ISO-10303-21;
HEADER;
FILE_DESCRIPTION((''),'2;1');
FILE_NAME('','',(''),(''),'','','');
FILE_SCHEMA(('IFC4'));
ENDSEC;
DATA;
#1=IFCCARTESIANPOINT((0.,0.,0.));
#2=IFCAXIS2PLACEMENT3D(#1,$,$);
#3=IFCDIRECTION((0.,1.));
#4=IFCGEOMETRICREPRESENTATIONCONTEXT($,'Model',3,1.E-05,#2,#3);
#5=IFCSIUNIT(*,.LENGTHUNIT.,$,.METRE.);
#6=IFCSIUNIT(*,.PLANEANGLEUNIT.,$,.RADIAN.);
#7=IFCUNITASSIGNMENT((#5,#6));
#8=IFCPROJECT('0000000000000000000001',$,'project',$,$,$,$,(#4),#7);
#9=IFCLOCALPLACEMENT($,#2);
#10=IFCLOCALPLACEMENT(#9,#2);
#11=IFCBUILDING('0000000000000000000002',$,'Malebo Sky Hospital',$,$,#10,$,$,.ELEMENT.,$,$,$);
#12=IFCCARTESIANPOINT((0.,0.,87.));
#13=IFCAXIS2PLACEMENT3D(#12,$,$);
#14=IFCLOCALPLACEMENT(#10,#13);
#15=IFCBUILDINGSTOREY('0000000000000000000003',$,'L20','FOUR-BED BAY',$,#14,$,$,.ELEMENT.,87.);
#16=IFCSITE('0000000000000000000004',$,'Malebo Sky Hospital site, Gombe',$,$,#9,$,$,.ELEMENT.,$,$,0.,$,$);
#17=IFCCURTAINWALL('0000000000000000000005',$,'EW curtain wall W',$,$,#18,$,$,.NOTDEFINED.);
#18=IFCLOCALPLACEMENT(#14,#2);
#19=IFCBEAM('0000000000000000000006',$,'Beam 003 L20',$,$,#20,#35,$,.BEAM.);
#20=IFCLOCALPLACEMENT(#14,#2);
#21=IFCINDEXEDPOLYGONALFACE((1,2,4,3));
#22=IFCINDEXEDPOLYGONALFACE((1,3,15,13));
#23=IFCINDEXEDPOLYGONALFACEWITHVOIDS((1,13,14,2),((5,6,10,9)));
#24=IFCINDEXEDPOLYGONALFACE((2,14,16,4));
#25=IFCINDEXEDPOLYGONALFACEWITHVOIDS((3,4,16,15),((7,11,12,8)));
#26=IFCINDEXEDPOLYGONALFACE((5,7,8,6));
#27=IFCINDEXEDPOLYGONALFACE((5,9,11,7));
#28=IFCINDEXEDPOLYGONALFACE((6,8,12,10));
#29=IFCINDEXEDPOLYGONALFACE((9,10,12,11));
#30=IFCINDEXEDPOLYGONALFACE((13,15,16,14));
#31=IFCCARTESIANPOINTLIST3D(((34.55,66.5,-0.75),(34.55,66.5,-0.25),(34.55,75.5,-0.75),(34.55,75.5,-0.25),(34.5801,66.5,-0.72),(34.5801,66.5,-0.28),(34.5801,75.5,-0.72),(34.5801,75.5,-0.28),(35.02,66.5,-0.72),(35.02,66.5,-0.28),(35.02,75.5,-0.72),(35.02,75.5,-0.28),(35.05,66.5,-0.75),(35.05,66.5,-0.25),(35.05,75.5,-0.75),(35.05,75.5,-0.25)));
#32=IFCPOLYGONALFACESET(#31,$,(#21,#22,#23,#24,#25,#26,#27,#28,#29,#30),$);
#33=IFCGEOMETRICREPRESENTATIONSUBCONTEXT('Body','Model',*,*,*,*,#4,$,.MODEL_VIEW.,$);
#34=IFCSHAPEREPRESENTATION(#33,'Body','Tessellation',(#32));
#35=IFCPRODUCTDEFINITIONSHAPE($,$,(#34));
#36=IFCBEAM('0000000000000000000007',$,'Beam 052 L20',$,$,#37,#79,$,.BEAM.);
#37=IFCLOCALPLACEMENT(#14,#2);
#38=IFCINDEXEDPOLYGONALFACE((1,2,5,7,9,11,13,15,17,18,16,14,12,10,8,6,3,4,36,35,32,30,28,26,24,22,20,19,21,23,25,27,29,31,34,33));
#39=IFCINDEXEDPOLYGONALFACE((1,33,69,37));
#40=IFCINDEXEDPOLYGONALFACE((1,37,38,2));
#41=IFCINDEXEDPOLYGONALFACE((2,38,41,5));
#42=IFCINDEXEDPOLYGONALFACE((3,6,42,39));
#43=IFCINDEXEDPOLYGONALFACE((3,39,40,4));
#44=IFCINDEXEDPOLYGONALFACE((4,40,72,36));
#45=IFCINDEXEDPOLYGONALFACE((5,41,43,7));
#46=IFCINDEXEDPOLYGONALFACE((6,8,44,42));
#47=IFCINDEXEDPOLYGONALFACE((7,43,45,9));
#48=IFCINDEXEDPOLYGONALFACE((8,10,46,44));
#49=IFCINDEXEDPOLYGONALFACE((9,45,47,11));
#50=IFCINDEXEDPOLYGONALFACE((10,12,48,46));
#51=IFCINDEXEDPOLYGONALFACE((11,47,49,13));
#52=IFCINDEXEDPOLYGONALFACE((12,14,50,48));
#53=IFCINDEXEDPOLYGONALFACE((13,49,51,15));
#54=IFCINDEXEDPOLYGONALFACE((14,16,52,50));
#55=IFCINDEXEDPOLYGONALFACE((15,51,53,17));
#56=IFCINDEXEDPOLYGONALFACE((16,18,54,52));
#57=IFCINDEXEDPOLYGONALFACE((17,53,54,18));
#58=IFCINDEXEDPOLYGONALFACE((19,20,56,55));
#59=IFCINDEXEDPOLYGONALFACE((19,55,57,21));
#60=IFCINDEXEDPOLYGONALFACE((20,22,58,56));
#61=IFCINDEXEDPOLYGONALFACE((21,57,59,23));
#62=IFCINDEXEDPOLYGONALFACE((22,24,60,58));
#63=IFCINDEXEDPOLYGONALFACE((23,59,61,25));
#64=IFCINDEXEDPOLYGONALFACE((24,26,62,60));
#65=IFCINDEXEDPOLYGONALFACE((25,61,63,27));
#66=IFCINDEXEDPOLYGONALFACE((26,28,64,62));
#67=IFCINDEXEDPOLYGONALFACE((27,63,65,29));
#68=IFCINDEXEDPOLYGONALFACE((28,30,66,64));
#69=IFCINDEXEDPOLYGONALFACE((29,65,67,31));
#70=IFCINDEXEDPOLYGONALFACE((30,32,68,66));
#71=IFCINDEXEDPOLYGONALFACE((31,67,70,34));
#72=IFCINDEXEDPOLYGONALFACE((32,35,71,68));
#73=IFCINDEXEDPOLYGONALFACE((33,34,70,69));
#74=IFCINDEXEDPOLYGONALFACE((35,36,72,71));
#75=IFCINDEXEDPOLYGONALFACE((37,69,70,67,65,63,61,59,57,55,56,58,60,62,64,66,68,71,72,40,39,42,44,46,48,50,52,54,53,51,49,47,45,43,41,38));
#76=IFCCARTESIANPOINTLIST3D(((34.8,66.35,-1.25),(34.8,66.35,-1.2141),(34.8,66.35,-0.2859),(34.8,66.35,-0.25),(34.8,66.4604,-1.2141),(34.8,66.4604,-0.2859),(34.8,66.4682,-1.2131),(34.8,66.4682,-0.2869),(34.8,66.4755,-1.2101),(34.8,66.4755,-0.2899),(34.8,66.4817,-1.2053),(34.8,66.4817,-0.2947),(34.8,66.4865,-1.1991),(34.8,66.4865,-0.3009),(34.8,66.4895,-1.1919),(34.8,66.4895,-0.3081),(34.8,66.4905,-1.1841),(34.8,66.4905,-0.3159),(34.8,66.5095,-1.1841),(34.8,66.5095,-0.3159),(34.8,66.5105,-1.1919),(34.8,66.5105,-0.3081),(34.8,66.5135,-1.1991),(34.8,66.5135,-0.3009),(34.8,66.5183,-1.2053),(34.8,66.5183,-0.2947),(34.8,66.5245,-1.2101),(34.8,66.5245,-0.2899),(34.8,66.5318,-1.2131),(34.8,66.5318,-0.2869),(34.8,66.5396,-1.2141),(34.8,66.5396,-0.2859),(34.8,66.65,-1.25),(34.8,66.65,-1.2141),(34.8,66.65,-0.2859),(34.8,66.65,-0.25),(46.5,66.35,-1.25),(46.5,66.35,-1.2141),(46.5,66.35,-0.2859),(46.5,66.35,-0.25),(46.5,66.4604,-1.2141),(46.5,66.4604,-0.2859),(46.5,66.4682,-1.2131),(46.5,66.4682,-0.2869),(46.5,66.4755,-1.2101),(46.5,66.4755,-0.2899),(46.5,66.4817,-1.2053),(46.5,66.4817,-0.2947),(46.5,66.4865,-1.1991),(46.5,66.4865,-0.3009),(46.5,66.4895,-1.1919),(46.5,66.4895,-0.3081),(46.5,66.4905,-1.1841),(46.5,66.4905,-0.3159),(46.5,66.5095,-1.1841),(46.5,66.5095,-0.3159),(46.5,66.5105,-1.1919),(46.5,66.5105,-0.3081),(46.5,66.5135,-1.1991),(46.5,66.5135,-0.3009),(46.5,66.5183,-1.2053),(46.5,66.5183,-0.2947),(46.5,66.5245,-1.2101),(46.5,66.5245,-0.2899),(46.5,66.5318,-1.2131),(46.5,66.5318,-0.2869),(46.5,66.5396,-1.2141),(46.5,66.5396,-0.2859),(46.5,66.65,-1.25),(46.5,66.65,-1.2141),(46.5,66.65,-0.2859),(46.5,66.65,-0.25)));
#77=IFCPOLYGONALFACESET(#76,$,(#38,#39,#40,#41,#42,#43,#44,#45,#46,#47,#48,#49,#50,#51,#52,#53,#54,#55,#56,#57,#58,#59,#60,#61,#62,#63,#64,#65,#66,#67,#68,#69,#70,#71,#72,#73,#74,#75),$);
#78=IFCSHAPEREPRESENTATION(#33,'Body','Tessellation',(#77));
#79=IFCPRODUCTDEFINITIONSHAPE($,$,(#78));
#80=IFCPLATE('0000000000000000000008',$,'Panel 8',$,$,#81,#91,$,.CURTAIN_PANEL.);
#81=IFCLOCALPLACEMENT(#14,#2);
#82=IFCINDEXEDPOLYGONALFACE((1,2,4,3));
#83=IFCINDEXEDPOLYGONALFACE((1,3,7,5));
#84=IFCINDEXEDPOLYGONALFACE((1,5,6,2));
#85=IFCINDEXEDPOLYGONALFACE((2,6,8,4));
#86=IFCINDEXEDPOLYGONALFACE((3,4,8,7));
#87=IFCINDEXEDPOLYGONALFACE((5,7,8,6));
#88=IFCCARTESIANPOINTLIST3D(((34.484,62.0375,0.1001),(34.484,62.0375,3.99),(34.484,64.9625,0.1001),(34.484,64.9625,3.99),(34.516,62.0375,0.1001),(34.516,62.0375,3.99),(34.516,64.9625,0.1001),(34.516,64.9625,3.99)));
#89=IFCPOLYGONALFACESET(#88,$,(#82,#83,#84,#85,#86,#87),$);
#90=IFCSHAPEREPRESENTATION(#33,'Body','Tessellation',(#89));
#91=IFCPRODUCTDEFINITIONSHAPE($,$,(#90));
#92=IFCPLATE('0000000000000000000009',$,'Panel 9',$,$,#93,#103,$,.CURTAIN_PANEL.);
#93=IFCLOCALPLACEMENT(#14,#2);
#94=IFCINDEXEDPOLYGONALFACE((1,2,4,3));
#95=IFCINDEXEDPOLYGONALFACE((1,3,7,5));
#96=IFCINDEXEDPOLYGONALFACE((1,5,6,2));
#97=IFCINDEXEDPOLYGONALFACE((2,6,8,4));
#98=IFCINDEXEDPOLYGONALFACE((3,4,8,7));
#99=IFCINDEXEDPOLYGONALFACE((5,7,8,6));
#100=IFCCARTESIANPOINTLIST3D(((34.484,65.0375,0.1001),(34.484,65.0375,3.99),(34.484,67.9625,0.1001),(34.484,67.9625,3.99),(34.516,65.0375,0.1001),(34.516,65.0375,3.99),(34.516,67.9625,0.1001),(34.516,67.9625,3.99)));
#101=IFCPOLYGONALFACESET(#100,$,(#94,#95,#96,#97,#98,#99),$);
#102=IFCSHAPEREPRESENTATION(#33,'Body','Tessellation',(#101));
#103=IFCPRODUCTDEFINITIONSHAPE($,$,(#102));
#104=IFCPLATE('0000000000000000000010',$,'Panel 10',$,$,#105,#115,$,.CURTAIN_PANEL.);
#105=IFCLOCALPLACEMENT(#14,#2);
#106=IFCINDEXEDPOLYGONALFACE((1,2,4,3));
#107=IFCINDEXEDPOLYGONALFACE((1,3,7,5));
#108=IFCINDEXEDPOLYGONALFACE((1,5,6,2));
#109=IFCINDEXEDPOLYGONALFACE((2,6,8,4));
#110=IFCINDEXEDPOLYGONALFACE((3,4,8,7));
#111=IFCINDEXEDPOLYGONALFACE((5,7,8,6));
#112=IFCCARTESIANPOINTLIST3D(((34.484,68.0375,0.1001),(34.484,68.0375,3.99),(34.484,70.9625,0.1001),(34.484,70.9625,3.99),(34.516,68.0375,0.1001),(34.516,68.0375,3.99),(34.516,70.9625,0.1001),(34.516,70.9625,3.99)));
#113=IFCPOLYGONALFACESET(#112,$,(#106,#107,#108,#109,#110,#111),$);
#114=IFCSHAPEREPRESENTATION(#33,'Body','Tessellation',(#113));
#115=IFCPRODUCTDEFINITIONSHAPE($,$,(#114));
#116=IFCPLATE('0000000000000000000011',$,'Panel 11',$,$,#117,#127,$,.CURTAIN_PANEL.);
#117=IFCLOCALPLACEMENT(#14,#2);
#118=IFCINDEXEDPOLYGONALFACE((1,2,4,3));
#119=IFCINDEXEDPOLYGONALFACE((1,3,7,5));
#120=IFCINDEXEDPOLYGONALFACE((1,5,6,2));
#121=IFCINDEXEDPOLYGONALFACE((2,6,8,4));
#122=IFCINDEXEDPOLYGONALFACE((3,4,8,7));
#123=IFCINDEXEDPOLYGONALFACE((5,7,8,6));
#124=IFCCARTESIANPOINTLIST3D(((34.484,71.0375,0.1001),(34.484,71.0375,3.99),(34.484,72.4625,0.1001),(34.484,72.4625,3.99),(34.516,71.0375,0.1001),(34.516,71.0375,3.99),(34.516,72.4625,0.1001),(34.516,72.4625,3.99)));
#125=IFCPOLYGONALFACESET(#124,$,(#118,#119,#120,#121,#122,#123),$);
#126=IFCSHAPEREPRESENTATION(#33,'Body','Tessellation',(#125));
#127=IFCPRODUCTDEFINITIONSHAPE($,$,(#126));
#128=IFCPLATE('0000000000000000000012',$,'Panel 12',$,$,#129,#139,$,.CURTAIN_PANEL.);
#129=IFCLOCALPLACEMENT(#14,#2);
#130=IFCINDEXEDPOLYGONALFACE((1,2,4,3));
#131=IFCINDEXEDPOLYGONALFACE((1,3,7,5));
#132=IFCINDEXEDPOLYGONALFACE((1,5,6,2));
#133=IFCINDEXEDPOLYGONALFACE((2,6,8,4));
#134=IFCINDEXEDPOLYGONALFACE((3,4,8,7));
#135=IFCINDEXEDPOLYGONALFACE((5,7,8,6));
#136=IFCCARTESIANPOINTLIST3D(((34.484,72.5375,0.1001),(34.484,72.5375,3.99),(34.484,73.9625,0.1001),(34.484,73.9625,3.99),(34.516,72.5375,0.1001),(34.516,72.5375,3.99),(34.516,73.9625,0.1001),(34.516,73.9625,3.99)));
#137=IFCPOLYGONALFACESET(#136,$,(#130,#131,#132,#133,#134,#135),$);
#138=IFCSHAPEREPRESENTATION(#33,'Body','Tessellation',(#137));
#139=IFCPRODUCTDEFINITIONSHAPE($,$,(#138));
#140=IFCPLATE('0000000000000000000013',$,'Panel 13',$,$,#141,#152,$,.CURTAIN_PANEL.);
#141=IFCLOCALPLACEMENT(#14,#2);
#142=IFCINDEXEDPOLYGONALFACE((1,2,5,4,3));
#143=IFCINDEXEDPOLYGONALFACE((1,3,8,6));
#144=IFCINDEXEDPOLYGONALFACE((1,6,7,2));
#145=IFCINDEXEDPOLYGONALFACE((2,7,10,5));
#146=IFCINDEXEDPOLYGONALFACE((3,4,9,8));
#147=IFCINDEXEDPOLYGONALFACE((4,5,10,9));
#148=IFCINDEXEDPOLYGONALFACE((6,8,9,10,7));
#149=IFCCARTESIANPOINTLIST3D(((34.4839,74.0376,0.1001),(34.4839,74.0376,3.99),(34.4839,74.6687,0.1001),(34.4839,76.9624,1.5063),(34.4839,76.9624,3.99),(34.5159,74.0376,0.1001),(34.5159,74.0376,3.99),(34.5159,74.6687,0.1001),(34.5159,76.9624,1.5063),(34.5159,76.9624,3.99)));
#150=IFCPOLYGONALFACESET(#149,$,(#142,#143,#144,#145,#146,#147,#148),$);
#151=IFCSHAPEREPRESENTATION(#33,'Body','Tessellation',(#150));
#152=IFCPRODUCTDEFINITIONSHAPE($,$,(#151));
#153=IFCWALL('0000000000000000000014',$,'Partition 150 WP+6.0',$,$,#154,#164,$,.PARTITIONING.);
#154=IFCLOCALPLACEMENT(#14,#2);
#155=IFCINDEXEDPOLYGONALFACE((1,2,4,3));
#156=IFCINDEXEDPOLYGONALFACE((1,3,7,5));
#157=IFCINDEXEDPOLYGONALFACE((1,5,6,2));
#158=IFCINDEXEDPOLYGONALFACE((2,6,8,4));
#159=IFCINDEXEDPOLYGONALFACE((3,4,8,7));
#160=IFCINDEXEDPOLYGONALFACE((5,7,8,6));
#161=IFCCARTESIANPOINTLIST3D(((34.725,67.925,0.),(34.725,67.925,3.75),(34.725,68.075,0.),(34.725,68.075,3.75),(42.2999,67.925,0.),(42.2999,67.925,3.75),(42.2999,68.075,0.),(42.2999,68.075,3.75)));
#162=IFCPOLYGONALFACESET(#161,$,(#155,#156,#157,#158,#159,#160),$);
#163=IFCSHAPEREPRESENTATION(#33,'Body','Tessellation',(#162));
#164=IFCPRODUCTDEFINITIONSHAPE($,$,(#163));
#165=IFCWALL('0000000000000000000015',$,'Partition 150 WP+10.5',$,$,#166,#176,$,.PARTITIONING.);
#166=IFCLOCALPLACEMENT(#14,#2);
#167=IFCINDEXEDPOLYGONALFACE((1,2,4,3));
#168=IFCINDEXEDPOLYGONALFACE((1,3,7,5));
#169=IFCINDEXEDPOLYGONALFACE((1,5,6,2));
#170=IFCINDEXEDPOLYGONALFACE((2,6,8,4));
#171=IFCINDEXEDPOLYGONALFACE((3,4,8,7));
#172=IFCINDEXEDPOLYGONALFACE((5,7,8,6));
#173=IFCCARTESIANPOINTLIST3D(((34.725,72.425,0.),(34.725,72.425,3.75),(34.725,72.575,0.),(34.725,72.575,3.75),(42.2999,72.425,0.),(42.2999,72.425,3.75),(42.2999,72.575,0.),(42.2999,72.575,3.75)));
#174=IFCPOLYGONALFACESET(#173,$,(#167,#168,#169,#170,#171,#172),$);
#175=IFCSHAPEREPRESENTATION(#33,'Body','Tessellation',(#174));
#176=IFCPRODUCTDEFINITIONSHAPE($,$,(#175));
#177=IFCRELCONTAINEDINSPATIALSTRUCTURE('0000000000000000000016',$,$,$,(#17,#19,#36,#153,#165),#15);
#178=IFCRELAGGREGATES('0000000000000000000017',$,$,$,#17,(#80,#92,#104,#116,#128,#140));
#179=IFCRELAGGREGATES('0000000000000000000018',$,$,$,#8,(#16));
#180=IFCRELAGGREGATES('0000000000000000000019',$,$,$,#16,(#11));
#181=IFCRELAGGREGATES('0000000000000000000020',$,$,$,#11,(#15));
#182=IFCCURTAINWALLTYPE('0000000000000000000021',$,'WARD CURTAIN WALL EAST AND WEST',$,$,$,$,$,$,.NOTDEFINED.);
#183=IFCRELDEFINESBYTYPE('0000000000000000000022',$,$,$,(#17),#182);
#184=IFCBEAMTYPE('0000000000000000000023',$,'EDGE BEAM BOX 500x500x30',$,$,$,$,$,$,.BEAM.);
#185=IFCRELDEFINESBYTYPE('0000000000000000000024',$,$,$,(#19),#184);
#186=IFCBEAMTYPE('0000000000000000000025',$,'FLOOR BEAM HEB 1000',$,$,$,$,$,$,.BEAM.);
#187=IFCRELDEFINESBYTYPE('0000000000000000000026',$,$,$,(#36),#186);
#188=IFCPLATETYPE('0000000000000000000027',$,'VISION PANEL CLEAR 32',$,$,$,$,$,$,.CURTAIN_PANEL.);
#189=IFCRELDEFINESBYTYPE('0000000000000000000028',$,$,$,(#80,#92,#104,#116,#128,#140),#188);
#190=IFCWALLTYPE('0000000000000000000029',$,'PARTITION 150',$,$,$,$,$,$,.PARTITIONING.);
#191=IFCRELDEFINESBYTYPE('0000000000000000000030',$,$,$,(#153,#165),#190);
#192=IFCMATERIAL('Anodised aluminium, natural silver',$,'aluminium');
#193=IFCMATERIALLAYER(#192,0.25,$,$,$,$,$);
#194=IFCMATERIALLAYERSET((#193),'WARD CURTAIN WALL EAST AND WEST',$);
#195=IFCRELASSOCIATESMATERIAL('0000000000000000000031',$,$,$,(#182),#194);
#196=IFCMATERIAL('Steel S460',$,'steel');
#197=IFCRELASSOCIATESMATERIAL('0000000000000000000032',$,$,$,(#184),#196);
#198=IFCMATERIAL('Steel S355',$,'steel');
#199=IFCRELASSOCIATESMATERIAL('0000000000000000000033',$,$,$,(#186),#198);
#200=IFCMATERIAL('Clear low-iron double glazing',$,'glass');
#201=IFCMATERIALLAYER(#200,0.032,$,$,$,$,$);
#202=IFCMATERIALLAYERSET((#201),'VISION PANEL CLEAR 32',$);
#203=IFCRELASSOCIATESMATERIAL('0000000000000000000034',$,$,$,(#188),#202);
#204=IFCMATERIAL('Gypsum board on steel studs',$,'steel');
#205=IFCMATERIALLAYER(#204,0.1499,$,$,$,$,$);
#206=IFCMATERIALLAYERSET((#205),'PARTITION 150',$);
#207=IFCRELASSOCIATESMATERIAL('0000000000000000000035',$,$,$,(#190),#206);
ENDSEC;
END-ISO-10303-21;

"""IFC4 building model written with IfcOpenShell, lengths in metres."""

from ifc_helpers import new_model, si_unit, direction, frame, frame_2d, origin, origin_2d, place, context, subcontext, project, spatial, polyline, rectangle, hollow_rectangle, i_section, outline, extrude, material, layer, layer_set, material_profile, profile_set, type_object, element, aggregate, save


model = new_model("IFC4")

# Units and contexts
model_context = context("Model", 3, precision=1e-05, world=origin(), true_north=direction((0.0, 1.0)))
body_context = subcontext(model_context, "Body", "Model", "MODEL_VIEW")
ifc_project = project(units=[si_unit("LENGTHUNIT", "METRE"), si_unit("PLANEANGLEUNIT", "RADIAN")], contexts=[model_context])

# Site, building, storey
site_placement = place(None, origin())
site = spatial("IfcSite", under=ifc_project, at=site_placement, Name="Malebo Sky Hospital site, Gombe", CompositionType="ELEMENT", RefElevation=0.0)
building_placement = place(site_placement, origin())
building = spatial("IfcBuilding", under=site, at=building_placement, Name="Malebo Sky Hospital", CompositionType="ELEMENT")
storey_placement = place(building_placement, frame((0.0, 0.0, 87.0)))
storey = spatial("IfcBuildingStorey", under=building, at=storey_placement, Name="L20", Description="FOUR-BED BAY", CompositionType="ELEMENT", Elevation=87.0)

# Shared definitions
ifc_material_1 = material(Name="Steel S460", Category="steel")

# Curtain wall
ifc_material_2 = material(Name="Anodised aluminium, natural silver", Category="aluminium")
ifc_layer_1 = layer(ifc_material_2, 0.25)
ifc_layer_set_1 = layer_set([ifc_layer_1], Name="WARD CURTAIN WALL EAST AND WEST")
curtain_wall_type = type_object("IfcCurtainWallType", Name="WARD CURTAIN WALL EAST AND WEST", PredefinedType="NOTDEFINED", material=ifc_layer_set_1)
curtain_wall_placement = place(storey_placement, origin())
curtain_wall = element("IfcCurtainWall", 1, at=curtain_wall_placement, inside=storey, type_object=curtain_wall_type, Name="EW curtain wall W", PredefinedType="NOTDEFINED")

# Shared definitions
ifc_material_3 = material(Name="Steel S355", Category="steel")

# Beams
ifc_material_profile_1 = material_profile(ifc_material_1, hollow_rectangle(XDim=0.5, YDim=0.5, WallThickness=0.03, at=origin_2d()), Name="BOX 500x500x30")
ifc_profile_set_1 = profile_set([ifc_material_profile_1], Name="Steel S460")
beam_type_1 = type_object("IfcBeamType", Name="EDGE BEAM BOX 500x500x30", PredefinedType="BEAM", material=ifc_profile_set_1)
beam_1_placement = place(storey_placement, frame((34.8, 66.5, -0.5), z_axis=(0.0, 1.0, 0.0), x_axis=(-1.0, 0.0, 0.0)))
element("IfcBeam", 2, at=beam_1_placement, inside=storey, type_object=beam_type_1, Name="Beam 003 L20", PredefinedType="BEAM", context=body_context, shape_type="SweptSolid", body=[
    extrude(hollow_rectangle(XDim=0.5, YDim=0.5, WallThickness=0.03, at=origin_2d()), origin(), (0.0, 0.0, 1.0), 9.0),
])
ifc_material_profile_2 = material_profile(ifc_material_3, i_section(OverallWidth=0.3, OverallDepth=1.0, WebThickness=0.019, FlangeThickness=0.0359, FilletRadius=0.03, at=origin_2d()), Name="HEB 1000")
ifc_profile_set_2 = profile_set([ifc_material_profile_2], Name="Steel S355")
beam_type_2 = type_object("IfcBeamType", Name="FLOOR BEAM HEB 1000", PredefinedType="BEAM", material=ifc_profile_set_2)
beam_2_placement = place(storey_placement, frame((34.8, 66.5, -0.75), z_axis=(1.0, 0.0, 0.0), x_axis=(0.0, 1.0, 0.0)))
element("IfcBeam", 3, at=beam_2_placement, inside=storey, type_object=beam_type_2, Name="Beam 052 L20", PredefinedType="BEAM", context=body_context, shape_type="SweptSolid", body=[
    extrude(i_section(OverallWidth=0.3, OverallDepth=1.0, WebThickness=0.019, FlangeThickness=0.0359, FilletRadius=0.03, at=origin_2d()), origin(), (0.0, 0.0, 1.0), 11.7),
])

# Plates
ifc_material_4 = material(Name="Clear low-iron double glazing", Category="glass")
ifc_layer_2 = layer(ifc_material_4, 0.032)
ifc_layer_set_2 = layer_set([ifc_layer_2], Name="VISION PANEL CLEAR 32")
plate_type = type_object("IfcPlateType", Name="VISION PANEL CLEAR 32", PredefinedType="CURTAIN_PANEL", material=ifc_layer_set_2)
plate_1_placement = place(storey_placement, frame((34.5, 63.5, 0.1001), z_axis=(0.0, 0.0, 1.0), x_axis=(0.0, 1.0, 0.0)))
plate_1 = element("IfcPlate", 4, at=plate_1_placement, type_object=plate_type, Name="Panel 8", PredefinedType="CURTAIN_PANEL", context=body_context, shape_type="SweptSolid", body=[
    extrude(rectangle(XDim=2.925, YDim=0.032, at=origin_2d()), origin(), (0.0, 0.0, 1.0), 3.8899),
])
plate_2_placement = place(storey_placement, frame((34.5, 66.5, 0.1001), z_axis=(0.0, 0.0, 1.0), x_axis=(0.0, 1.0, 0.0)))
plate_2 = element("IfcPlate", 5, at=plate_2_placement, type_object=plate_type, Name="Panel 9", PredefinedType="CURTAIN_PANEL", context=body_context, shape_type="SweptSolid", body=[
    extrude(rectangle(XDim=2.925, YDim=0.032, at=origin_2d()), origin(), (0.0, 0.0, 1.0), 3.8899),
])
plate_3_placement = place(storey_placement, frame((34.5, 69.5, 0.1001), z_axis=(0.0, 0.0, 1.0), x_axis=(0.0, 1.0, 0.0)))
plate_3 = element("IfcPlate", 6, at=plate_3_placement, type_object=plate_type, Name="Panel 10", PredefinedType="CURTAIN_PANEL", context=body_context, shape_type="SweptSolid", body=[
    extrude(rectangle(XDim=2.925, YDim=0.032, at=origin_2d()), origin(), (0.0, 0.0, 1.0), 3.8899),
])
plate_4_placement = place(storey_placement, frame((34.5, 71.75, 0.1001), z_axis=(0.0, 0.0, 1.0), x_axis=(0.0, 1.0, 0.0)))
plate_4 = element("IfcPlate", 7, at=plate_4_placement, type_object=plate_type, Name="Panel 11", PredefinedType="CURTAIN_PANEL", context=body_context, shape_type="SweptSolid", body=[
    extrude(rectangle(XDim=1.425, YDim=0.032, at=origin_2d()), origin(), (0.0, 0.0, 1.0), 3.8899),
])
plate_5_placement = place(storey_placement, frame((34.5, 73.25, 0.1001), z_axis=(0.0, 0.0, 1.0), x_axis=(0.0, 1.0, 0.0)))
plate_5 = element("IfcPlate", 8, at=plate_5_placement, type_object=plate_type, Name="Panel 12", PredefinedType="CURTAIN_PANEL", context=body_context, shape_type="SweptSolid", body=[
    extrude(rectangle(XDim=1.425, YDim=0.032, at=origin_2d()), origin(), (0.0, 0.0, 1.0), 3.8899),
])
plate_6_placement = place(storey_placement, frame((34.5, 75.5, 0.1001), z_axis=(0.0, 0.0, 1.0), x_axis=(0.0, 1.0, 0.0)))
plate_6 = element("IfcPlate", 9, at=plate_6_placement, type_object=plate_type, Name="Panel 13", PredefinedType="CURTAIN_PANEL", context=body_context, shape_type="SweptSolid", body=[
    extrude(outline(polyline([(-1.4624, 0.0), (-0.8313, 0.0), (1.4624, 1.4062), (1.4624, 3.8899), (-1.4624, 3.8899), (-1.4624, 0.0)])), frame((0.0, 0.0161, 0.0), z_axis=(0.0, -1.0, 0.0), x_axis=(1.0, 0.0, 0.0)), (0.0, 0.0, 1.0), 0.032),
])
aggregate(curtain_wall, [plate_1, plate_2, plate_3, plate_4, plate_5, plate_6])

# Walls
ifc_material_5 = material(Name="Gypsum board on steel studs", Category="steel")
ifc_layer_3 = layer(ifc_material_5, 0.1499)
ifc_layer_set_3 = layer_set([ifc_layer_3], Name="PARTITION 150")
wall_type_1 = type_object("IfcWallType", Name="PARTITION 150", PredefinedType="PARTITIONING", material=ifc_layer_set_3)
for number, where, z_axis, x_axis, name in (
    (10, (42.3, 68.0, 0.0), (0.0, 0.0, 1.0), (-1.0, 0.0, 0.0), "Partition 150 WP+6.0"),
    (11, (42.3, 72.5, 0.0), (0.0, 0.0, 1.0), (-1.0, 0.0, 0.0), "Partition 150 WP+10.5"),
):
    element("IfcWall", number, at=place(storey_placement, frame(where, z_axis=z_axis, x_axis=x_axis)), inside=storey, type_object=wall_type_1, Name=name, PredefinedType="PARTITIONING", context=body_context, shape_type="SweptSolid", body=[
        extrude(rectangle(XDim=7.575, YDim=0.1499, at=frame_2d((3.7876, 0.0))), origin(), (0.0, 0.0, 1.0), 3.75),
    ])

save(model, "model.ifc")
